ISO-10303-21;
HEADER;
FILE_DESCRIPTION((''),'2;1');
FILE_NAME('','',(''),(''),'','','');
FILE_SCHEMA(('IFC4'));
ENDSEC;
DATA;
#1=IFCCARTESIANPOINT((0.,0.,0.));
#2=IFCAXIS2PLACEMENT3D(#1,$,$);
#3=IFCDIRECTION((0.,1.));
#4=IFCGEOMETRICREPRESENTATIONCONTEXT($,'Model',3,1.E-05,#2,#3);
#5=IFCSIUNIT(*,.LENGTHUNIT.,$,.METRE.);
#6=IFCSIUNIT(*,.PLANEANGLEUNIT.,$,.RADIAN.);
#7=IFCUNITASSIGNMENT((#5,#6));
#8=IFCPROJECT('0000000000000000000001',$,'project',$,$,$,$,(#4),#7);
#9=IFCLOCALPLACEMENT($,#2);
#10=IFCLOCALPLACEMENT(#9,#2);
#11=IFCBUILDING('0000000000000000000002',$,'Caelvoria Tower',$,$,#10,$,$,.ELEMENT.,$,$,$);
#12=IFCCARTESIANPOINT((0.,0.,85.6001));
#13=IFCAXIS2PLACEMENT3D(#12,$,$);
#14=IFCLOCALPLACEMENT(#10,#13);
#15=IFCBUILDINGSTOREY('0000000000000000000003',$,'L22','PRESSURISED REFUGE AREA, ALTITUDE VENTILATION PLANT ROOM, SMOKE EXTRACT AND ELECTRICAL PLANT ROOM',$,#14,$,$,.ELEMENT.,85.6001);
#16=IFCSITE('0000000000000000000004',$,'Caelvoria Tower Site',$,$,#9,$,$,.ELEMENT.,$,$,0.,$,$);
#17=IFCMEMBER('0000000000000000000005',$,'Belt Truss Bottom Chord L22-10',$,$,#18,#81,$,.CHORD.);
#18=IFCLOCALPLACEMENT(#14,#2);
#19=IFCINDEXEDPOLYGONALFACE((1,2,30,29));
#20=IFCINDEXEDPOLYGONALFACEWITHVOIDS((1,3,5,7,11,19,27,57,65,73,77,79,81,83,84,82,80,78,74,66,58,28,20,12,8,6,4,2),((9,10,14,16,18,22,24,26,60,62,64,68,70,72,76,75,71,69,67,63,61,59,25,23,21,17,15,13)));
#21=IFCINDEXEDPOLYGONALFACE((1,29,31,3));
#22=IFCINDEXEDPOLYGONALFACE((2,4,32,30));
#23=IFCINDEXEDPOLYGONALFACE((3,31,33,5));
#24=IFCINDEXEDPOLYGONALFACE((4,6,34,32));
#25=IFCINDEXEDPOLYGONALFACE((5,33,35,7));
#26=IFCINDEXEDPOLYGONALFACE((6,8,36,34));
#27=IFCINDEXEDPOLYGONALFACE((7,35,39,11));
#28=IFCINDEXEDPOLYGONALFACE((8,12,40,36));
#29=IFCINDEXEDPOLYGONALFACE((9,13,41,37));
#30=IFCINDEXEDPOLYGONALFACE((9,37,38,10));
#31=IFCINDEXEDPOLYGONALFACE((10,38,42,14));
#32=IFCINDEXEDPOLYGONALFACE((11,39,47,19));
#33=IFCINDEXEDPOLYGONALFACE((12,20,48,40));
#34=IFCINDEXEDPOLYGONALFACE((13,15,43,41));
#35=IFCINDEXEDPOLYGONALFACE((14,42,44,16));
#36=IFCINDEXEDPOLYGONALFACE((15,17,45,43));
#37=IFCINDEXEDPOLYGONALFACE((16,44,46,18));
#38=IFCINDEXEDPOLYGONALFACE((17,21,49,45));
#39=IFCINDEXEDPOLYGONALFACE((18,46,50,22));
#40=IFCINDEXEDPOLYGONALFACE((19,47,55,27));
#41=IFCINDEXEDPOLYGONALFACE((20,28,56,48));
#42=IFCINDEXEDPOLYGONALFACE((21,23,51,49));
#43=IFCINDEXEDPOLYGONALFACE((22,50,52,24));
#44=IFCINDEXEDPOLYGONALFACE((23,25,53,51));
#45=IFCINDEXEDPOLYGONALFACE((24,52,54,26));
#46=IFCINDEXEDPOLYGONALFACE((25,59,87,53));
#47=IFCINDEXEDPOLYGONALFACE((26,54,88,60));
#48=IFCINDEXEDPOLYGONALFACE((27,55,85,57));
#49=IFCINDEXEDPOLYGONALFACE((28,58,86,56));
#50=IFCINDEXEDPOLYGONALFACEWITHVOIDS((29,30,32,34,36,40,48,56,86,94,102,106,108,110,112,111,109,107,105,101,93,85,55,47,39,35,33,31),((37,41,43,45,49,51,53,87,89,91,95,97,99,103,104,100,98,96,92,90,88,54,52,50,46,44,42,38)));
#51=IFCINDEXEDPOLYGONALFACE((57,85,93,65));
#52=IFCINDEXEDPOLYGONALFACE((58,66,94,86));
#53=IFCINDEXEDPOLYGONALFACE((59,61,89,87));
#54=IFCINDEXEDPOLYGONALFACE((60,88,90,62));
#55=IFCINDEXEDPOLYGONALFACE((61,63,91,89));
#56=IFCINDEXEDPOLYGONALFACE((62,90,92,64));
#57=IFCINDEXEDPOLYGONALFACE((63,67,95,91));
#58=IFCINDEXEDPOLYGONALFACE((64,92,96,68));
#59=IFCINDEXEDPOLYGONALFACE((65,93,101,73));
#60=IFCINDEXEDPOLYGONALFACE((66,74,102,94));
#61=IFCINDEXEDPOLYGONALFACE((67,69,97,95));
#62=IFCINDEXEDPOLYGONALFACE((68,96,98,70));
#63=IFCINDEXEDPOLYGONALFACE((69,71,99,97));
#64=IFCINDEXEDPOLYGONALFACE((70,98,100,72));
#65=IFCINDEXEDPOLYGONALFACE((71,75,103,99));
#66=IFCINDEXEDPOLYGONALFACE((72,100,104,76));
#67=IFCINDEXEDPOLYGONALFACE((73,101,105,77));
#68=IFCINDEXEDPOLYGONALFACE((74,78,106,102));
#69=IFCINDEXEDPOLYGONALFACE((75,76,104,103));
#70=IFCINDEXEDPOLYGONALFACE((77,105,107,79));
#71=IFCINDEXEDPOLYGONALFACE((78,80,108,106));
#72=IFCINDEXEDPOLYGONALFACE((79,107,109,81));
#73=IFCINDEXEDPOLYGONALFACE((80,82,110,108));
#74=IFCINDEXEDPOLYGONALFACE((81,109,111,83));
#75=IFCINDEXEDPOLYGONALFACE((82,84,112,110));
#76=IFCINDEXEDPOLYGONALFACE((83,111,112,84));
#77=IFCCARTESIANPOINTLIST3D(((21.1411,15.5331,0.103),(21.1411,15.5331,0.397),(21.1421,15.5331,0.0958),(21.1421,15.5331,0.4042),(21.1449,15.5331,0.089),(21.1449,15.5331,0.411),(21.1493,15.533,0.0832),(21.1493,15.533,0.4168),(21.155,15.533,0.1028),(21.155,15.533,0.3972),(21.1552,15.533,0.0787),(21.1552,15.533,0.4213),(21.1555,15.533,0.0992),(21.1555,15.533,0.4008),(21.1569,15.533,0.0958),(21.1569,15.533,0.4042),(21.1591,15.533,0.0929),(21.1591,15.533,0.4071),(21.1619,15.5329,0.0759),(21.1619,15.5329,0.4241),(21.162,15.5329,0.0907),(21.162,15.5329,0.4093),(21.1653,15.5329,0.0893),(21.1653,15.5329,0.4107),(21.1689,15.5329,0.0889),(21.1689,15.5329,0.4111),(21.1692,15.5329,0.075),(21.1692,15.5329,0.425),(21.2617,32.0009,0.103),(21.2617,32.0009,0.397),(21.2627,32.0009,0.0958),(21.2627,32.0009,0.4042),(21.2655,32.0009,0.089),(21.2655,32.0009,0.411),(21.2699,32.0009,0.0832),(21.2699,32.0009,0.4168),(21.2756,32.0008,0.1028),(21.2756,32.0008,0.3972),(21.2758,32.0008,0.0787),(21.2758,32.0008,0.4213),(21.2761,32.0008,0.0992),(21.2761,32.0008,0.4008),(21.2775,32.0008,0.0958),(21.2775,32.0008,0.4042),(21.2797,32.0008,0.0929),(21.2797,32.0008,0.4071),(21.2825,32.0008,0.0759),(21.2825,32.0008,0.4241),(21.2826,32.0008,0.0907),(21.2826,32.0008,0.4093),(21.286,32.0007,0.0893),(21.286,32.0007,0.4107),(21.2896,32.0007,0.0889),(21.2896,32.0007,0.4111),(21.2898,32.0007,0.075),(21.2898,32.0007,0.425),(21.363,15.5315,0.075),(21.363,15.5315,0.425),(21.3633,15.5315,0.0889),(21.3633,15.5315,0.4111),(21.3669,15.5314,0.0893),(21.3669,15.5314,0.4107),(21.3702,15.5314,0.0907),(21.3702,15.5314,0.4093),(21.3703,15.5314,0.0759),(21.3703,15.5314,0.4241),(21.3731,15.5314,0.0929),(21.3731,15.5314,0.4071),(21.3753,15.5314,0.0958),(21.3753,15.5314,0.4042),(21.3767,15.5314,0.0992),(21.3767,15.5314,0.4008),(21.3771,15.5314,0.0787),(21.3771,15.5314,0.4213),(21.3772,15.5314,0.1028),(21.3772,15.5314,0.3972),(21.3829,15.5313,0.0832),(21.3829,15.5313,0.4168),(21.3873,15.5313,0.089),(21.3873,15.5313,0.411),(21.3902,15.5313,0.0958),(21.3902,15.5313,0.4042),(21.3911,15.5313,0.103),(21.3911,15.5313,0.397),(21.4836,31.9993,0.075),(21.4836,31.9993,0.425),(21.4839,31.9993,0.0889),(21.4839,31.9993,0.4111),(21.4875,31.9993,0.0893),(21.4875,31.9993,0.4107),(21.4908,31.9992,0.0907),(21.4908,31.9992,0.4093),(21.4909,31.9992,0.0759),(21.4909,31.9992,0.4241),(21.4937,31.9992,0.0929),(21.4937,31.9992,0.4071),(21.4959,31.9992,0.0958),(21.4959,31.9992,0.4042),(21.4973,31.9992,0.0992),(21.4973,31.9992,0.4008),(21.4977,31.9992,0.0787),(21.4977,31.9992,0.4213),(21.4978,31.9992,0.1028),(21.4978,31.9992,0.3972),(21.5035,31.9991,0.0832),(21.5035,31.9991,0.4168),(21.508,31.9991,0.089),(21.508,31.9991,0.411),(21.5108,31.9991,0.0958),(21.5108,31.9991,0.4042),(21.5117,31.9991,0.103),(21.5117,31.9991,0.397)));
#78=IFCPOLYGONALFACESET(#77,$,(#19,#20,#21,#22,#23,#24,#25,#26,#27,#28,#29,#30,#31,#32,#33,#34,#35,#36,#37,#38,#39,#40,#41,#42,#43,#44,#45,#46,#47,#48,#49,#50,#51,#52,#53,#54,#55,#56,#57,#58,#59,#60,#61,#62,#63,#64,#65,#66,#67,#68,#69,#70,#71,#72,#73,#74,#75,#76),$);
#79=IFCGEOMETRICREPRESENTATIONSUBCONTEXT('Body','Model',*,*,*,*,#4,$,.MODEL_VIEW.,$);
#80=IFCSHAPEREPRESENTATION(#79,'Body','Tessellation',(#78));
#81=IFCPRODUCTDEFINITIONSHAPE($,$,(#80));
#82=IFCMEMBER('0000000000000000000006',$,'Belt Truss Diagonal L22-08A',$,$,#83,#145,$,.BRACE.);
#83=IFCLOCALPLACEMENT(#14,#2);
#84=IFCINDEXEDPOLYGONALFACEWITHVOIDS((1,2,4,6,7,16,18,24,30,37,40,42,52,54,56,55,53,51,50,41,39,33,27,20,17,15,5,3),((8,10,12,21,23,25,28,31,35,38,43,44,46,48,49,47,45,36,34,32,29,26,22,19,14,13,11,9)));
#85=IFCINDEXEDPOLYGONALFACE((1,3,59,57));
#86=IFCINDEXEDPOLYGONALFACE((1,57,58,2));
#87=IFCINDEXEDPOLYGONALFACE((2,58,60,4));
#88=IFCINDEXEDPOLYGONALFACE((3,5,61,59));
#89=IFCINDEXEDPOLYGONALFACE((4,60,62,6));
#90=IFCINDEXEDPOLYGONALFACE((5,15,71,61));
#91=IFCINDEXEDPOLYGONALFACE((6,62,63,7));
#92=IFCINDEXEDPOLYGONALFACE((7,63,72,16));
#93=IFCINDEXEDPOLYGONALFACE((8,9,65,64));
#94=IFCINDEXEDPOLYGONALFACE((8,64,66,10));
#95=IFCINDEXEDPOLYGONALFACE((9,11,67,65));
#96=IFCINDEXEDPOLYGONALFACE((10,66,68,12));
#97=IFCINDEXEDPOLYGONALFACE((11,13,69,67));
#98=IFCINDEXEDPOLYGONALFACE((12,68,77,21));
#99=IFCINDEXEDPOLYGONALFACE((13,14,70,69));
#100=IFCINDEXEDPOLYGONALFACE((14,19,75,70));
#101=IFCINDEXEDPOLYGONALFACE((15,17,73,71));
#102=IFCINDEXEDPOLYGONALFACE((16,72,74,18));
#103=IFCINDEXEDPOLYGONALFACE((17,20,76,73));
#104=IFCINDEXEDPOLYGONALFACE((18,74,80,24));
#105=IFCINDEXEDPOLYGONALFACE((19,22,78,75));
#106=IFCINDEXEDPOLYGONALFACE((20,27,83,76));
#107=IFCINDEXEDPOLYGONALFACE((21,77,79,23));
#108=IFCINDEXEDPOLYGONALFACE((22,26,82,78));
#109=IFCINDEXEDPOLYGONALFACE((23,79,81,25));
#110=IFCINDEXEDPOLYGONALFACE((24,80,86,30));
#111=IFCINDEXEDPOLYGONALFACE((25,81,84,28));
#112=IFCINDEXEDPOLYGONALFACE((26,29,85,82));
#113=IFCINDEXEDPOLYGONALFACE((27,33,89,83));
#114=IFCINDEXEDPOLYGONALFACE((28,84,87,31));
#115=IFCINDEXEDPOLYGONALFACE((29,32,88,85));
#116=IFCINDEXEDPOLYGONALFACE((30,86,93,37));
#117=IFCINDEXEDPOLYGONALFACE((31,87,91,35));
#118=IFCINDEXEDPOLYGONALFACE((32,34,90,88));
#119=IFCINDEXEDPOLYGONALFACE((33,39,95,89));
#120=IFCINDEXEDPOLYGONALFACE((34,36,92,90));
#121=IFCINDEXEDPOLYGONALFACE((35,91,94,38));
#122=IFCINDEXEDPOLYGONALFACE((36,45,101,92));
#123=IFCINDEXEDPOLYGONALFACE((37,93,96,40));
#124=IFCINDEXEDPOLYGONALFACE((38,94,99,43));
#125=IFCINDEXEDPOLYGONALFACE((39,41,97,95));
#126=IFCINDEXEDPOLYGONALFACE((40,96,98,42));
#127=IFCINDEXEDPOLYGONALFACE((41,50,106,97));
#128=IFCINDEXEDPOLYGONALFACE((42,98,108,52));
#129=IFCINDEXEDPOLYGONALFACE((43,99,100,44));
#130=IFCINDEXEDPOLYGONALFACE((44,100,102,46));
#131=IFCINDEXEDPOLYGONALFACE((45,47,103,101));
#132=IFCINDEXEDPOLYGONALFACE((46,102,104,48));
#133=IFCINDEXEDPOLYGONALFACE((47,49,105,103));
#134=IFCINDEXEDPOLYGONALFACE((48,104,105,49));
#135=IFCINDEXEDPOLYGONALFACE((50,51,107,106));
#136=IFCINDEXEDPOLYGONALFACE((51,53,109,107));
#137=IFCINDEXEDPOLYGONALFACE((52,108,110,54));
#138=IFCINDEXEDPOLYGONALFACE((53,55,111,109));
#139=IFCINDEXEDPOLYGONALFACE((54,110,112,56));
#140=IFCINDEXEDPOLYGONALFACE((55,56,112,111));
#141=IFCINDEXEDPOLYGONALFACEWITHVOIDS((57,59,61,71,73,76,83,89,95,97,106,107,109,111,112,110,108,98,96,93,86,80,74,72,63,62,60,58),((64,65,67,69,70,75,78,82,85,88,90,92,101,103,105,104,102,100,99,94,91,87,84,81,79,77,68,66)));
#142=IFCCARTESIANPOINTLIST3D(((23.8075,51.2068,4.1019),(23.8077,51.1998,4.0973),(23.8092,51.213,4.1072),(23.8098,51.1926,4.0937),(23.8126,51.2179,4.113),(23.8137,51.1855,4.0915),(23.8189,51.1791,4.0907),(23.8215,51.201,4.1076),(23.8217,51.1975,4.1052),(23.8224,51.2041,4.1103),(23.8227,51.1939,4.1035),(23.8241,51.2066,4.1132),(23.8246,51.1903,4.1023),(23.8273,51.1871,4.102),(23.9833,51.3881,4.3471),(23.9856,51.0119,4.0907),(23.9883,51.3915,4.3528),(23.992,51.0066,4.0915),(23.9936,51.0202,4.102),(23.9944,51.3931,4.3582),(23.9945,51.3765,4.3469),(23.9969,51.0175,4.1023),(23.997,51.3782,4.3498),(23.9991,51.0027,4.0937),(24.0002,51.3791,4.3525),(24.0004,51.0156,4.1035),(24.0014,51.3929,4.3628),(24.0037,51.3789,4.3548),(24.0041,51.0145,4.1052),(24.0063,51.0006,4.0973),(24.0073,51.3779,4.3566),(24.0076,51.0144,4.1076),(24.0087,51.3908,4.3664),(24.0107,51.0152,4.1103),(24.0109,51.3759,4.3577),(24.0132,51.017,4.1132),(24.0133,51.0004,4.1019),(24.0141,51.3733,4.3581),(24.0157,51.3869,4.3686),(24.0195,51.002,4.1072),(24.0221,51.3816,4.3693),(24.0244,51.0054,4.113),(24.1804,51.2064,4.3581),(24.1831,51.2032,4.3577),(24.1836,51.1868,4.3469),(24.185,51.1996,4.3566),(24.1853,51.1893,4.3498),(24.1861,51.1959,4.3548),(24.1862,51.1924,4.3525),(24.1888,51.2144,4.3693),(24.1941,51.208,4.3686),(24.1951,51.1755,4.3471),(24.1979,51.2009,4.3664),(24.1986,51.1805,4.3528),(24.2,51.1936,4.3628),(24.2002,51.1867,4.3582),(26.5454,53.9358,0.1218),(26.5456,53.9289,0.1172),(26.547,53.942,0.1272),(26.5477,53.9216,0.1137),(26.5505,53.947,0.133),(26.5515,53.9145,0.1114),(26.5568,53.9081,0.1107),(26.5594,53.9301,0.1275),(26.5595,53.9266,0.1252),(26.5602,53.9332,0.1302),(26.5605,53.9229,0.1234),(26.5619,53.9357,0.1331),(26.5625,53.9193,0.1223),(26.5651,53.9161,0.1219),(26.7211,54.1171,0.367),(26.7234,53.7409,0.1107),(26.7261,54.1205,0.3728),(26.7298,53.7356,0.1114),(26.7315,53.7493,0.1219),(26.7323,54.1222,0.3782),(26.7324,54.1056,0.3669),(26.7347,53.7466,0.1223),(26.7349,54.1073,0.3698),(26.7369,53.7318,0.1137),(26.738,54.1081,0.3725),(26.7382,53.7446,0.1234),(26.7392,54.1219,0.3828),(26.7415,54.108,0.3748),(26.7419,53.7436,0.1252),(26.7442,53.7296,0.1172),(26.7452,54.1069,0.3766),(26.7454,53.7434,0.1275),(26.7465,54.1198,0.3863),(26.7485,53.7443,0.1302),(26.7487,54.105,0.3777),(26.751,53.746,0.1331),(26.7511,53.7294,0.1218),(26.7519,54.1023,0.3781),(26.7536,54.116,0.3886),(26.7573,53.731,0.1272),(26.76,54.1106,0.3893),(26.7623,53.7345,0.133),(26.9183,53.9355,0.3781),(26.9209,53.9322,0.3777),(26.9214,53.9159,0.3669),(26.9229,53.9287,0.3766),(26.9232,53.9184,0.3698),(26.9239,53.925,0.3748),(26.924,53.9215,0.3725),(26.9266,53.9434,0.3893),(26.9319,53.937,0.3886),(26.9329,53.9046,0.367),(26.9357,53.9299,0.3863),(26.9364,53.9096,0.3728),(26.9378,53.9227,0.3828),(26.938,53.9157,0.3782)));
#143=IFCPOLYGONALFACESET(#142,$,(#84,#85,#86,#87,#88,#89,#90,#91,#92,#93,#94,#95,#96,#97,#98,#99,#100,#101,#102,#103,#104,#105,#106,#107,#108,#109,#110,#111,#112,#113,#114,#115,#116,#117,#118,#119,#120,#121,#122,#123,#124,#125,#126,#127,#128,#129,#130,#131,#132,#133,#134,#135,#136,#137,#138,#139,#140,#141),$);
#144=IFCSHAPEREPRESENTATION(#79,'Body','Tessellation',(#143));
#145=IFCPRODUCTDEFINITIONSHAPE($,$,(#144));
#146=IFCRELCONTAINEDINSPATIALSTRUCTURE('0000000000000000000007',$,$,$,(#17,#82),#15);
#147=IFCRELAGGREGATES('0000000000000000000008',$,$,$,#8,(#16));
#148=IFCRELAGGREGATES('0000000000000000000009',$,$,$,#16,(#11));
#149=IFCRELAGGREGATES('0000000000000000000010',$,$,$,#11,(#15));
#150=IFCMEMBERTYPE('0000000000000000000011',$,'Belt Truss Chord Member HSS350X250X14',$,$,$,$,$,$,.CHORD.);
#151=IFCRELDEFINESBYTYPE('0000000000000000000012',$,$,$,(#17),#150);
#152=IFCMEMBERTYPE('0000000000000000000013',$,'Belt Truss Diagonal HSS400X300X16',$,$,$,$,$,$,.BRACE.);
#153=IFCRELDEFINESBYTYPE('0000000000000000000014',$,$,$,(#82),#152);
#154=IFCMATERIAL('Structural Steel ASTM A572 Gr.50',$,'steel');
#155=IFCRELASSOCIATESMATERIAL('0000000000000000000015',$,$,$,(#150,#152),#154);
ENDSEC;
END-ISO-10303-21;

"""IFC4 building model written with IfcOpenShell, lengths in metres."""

from ifc_helpers import new_model, si_unit, direction, frame, origin, origin_2d, place, context, subcontext, project, spatial, hollow_rectangle, extrude, material, material_profile, profile_set, type_object, element, save


model = new_model("IFC4")

# Units and contexts
model_context = context("Model", 3, precision=1e-05, world=origin(), true_north=direction((0.0, 1.0)))
body_context = subcontext(model_context, "Body", "Model", "MODEL_VIEW")
ifc_project = project(units=[si_unit("LENGTHUNIT", "METRE"), si_unit("PLANEANGLEUNIT", "RADIAN")], contexts=[model_context])

# Site, building, storey
site_placement = place(None, origin())
site = spatial("IfcSite", under=ifc_project, at=site_placement, Name="Caelvoria Tower Site", CompositionType="ELEMENT", RefElevation=0.0)
building_placement = place(site_placement, origin())
building = spatial("IfcBuilding", under=site, at=building_placement, Name="Caelvoria Tower", CompositionType="ELEMENT")
storey_placement = place(building_placement, frame((0.0, 0.0, 85.6001)))
storey = spatial("IfcBuildingStorey", under=building, at=storey_placement, Name="L22", Description="PRESSURISED REFUGE AREA, ALTITUDE VENTILATION PLANT ROOM, SMOKE EXTRACT AND ELECTRICAL PLANT ROOM", CompositionType="ELEMENT", Elevation=85.6001)

# Shared definitions
ifc_material_1 = material(Name="Structural Steel ASTM A572 Gr.50", Category="steel")

# Members
ifc_material_profile_1 = material_profile(ifc_material_1, hollow_rectangle(XDim=0.25, YDim=0.3501, WallThickness=0.0139, InnerFilletRadius=0.0139, OuterFilletRadius=0.0281, at=origin_2d()), Name="Structural Steel ASTM A572 Gr.50")
ifc_profile_set_1 = profile_set([ifc_material_profile_1], Name="HSS350X250X14 - Structural Steel ASTM A572 Gr.50")
member_type_1 = type_object("IfcMemberType", Name="Belt Truss Chord Member HSS350X250X14", PredefinedType="CHORD", material=ifc_profile_set_1)
for number, where, z_axis, x_axis, name in (
    (1, (21.3867, 32.0, 0.25), (-0.007324, -0.999973, 0.0), (0.999973, -0.007324, 0.0), "Belt Truss Bottom Chord L22-10"),
):
    element("IfcMember", number, at=place(storey_placement, frame(where, z_axis=z_axis, x_axis=x_axis)), inside=storey, type_object=member_type_1, Name=name, PredefinedType="CHORD", context=body_context, shape_type="SweptSolid", body=[
        extrude(hollow_rectangle(XDim=0.25, YDim=0.3501, WallThickness=0.0139, InnerFilletRadius=0.0139, OuterFilletRadius=0.0281, at=origin_2d()), origin(), (0.0, 0.0, 1.0), 16.4683),
    ])
ifc_material_profile_2 = material_profile(ifc_material_1, hollow_rectangle(XDim=0.3, YDim=0.3999, WallThickness=0.0161, InnerFilletRadius=0.0161, OuterFilletRadius=0.032, at=origin_2d()), Name="Structural Steel ASTM A572 Gr.50")
ifc_profile_set_2 = profile_set([ifc_material_profile_2], Name="HSS400X300X16 - Structural Steel ASTM A572 Gr.50")
member_type_2 = type_object("IfcMemberType", Name="Belt Truss Diagonal HSS400X300X16", PredefinedType="BRACE", material=ifc_profile_set_2)
for number, where, z_axis, x_axis, name in (
    (2, (26.7417, 53.9258, 0.25), (-0.493451, -0.491866, 0.717338), (0.705969, -0.708243, 0.0), "Belt Truss Diagonal L22-08A"),
):
    element("IfcMember", number, at=place(storey_placement, frame(where, z_axis=z_axis, x_axis=x_axis)), inside=storey, type_object=member_type_2, Name=name, PredefinedType="BRACE", context=body_context, shape_type="SweptSolid", body=[
        extrude(hollow_rectangle(XDim=0.3, YDim=0.3999, WallThickness=0.0161, InnerFilletRadius=0.0161, OuterFilletRadius=0.032, at=origin_2d()), origin(), (0.0, 0.0, 1.0), 5.5483),
    ])

save(model, "model.ifc")
